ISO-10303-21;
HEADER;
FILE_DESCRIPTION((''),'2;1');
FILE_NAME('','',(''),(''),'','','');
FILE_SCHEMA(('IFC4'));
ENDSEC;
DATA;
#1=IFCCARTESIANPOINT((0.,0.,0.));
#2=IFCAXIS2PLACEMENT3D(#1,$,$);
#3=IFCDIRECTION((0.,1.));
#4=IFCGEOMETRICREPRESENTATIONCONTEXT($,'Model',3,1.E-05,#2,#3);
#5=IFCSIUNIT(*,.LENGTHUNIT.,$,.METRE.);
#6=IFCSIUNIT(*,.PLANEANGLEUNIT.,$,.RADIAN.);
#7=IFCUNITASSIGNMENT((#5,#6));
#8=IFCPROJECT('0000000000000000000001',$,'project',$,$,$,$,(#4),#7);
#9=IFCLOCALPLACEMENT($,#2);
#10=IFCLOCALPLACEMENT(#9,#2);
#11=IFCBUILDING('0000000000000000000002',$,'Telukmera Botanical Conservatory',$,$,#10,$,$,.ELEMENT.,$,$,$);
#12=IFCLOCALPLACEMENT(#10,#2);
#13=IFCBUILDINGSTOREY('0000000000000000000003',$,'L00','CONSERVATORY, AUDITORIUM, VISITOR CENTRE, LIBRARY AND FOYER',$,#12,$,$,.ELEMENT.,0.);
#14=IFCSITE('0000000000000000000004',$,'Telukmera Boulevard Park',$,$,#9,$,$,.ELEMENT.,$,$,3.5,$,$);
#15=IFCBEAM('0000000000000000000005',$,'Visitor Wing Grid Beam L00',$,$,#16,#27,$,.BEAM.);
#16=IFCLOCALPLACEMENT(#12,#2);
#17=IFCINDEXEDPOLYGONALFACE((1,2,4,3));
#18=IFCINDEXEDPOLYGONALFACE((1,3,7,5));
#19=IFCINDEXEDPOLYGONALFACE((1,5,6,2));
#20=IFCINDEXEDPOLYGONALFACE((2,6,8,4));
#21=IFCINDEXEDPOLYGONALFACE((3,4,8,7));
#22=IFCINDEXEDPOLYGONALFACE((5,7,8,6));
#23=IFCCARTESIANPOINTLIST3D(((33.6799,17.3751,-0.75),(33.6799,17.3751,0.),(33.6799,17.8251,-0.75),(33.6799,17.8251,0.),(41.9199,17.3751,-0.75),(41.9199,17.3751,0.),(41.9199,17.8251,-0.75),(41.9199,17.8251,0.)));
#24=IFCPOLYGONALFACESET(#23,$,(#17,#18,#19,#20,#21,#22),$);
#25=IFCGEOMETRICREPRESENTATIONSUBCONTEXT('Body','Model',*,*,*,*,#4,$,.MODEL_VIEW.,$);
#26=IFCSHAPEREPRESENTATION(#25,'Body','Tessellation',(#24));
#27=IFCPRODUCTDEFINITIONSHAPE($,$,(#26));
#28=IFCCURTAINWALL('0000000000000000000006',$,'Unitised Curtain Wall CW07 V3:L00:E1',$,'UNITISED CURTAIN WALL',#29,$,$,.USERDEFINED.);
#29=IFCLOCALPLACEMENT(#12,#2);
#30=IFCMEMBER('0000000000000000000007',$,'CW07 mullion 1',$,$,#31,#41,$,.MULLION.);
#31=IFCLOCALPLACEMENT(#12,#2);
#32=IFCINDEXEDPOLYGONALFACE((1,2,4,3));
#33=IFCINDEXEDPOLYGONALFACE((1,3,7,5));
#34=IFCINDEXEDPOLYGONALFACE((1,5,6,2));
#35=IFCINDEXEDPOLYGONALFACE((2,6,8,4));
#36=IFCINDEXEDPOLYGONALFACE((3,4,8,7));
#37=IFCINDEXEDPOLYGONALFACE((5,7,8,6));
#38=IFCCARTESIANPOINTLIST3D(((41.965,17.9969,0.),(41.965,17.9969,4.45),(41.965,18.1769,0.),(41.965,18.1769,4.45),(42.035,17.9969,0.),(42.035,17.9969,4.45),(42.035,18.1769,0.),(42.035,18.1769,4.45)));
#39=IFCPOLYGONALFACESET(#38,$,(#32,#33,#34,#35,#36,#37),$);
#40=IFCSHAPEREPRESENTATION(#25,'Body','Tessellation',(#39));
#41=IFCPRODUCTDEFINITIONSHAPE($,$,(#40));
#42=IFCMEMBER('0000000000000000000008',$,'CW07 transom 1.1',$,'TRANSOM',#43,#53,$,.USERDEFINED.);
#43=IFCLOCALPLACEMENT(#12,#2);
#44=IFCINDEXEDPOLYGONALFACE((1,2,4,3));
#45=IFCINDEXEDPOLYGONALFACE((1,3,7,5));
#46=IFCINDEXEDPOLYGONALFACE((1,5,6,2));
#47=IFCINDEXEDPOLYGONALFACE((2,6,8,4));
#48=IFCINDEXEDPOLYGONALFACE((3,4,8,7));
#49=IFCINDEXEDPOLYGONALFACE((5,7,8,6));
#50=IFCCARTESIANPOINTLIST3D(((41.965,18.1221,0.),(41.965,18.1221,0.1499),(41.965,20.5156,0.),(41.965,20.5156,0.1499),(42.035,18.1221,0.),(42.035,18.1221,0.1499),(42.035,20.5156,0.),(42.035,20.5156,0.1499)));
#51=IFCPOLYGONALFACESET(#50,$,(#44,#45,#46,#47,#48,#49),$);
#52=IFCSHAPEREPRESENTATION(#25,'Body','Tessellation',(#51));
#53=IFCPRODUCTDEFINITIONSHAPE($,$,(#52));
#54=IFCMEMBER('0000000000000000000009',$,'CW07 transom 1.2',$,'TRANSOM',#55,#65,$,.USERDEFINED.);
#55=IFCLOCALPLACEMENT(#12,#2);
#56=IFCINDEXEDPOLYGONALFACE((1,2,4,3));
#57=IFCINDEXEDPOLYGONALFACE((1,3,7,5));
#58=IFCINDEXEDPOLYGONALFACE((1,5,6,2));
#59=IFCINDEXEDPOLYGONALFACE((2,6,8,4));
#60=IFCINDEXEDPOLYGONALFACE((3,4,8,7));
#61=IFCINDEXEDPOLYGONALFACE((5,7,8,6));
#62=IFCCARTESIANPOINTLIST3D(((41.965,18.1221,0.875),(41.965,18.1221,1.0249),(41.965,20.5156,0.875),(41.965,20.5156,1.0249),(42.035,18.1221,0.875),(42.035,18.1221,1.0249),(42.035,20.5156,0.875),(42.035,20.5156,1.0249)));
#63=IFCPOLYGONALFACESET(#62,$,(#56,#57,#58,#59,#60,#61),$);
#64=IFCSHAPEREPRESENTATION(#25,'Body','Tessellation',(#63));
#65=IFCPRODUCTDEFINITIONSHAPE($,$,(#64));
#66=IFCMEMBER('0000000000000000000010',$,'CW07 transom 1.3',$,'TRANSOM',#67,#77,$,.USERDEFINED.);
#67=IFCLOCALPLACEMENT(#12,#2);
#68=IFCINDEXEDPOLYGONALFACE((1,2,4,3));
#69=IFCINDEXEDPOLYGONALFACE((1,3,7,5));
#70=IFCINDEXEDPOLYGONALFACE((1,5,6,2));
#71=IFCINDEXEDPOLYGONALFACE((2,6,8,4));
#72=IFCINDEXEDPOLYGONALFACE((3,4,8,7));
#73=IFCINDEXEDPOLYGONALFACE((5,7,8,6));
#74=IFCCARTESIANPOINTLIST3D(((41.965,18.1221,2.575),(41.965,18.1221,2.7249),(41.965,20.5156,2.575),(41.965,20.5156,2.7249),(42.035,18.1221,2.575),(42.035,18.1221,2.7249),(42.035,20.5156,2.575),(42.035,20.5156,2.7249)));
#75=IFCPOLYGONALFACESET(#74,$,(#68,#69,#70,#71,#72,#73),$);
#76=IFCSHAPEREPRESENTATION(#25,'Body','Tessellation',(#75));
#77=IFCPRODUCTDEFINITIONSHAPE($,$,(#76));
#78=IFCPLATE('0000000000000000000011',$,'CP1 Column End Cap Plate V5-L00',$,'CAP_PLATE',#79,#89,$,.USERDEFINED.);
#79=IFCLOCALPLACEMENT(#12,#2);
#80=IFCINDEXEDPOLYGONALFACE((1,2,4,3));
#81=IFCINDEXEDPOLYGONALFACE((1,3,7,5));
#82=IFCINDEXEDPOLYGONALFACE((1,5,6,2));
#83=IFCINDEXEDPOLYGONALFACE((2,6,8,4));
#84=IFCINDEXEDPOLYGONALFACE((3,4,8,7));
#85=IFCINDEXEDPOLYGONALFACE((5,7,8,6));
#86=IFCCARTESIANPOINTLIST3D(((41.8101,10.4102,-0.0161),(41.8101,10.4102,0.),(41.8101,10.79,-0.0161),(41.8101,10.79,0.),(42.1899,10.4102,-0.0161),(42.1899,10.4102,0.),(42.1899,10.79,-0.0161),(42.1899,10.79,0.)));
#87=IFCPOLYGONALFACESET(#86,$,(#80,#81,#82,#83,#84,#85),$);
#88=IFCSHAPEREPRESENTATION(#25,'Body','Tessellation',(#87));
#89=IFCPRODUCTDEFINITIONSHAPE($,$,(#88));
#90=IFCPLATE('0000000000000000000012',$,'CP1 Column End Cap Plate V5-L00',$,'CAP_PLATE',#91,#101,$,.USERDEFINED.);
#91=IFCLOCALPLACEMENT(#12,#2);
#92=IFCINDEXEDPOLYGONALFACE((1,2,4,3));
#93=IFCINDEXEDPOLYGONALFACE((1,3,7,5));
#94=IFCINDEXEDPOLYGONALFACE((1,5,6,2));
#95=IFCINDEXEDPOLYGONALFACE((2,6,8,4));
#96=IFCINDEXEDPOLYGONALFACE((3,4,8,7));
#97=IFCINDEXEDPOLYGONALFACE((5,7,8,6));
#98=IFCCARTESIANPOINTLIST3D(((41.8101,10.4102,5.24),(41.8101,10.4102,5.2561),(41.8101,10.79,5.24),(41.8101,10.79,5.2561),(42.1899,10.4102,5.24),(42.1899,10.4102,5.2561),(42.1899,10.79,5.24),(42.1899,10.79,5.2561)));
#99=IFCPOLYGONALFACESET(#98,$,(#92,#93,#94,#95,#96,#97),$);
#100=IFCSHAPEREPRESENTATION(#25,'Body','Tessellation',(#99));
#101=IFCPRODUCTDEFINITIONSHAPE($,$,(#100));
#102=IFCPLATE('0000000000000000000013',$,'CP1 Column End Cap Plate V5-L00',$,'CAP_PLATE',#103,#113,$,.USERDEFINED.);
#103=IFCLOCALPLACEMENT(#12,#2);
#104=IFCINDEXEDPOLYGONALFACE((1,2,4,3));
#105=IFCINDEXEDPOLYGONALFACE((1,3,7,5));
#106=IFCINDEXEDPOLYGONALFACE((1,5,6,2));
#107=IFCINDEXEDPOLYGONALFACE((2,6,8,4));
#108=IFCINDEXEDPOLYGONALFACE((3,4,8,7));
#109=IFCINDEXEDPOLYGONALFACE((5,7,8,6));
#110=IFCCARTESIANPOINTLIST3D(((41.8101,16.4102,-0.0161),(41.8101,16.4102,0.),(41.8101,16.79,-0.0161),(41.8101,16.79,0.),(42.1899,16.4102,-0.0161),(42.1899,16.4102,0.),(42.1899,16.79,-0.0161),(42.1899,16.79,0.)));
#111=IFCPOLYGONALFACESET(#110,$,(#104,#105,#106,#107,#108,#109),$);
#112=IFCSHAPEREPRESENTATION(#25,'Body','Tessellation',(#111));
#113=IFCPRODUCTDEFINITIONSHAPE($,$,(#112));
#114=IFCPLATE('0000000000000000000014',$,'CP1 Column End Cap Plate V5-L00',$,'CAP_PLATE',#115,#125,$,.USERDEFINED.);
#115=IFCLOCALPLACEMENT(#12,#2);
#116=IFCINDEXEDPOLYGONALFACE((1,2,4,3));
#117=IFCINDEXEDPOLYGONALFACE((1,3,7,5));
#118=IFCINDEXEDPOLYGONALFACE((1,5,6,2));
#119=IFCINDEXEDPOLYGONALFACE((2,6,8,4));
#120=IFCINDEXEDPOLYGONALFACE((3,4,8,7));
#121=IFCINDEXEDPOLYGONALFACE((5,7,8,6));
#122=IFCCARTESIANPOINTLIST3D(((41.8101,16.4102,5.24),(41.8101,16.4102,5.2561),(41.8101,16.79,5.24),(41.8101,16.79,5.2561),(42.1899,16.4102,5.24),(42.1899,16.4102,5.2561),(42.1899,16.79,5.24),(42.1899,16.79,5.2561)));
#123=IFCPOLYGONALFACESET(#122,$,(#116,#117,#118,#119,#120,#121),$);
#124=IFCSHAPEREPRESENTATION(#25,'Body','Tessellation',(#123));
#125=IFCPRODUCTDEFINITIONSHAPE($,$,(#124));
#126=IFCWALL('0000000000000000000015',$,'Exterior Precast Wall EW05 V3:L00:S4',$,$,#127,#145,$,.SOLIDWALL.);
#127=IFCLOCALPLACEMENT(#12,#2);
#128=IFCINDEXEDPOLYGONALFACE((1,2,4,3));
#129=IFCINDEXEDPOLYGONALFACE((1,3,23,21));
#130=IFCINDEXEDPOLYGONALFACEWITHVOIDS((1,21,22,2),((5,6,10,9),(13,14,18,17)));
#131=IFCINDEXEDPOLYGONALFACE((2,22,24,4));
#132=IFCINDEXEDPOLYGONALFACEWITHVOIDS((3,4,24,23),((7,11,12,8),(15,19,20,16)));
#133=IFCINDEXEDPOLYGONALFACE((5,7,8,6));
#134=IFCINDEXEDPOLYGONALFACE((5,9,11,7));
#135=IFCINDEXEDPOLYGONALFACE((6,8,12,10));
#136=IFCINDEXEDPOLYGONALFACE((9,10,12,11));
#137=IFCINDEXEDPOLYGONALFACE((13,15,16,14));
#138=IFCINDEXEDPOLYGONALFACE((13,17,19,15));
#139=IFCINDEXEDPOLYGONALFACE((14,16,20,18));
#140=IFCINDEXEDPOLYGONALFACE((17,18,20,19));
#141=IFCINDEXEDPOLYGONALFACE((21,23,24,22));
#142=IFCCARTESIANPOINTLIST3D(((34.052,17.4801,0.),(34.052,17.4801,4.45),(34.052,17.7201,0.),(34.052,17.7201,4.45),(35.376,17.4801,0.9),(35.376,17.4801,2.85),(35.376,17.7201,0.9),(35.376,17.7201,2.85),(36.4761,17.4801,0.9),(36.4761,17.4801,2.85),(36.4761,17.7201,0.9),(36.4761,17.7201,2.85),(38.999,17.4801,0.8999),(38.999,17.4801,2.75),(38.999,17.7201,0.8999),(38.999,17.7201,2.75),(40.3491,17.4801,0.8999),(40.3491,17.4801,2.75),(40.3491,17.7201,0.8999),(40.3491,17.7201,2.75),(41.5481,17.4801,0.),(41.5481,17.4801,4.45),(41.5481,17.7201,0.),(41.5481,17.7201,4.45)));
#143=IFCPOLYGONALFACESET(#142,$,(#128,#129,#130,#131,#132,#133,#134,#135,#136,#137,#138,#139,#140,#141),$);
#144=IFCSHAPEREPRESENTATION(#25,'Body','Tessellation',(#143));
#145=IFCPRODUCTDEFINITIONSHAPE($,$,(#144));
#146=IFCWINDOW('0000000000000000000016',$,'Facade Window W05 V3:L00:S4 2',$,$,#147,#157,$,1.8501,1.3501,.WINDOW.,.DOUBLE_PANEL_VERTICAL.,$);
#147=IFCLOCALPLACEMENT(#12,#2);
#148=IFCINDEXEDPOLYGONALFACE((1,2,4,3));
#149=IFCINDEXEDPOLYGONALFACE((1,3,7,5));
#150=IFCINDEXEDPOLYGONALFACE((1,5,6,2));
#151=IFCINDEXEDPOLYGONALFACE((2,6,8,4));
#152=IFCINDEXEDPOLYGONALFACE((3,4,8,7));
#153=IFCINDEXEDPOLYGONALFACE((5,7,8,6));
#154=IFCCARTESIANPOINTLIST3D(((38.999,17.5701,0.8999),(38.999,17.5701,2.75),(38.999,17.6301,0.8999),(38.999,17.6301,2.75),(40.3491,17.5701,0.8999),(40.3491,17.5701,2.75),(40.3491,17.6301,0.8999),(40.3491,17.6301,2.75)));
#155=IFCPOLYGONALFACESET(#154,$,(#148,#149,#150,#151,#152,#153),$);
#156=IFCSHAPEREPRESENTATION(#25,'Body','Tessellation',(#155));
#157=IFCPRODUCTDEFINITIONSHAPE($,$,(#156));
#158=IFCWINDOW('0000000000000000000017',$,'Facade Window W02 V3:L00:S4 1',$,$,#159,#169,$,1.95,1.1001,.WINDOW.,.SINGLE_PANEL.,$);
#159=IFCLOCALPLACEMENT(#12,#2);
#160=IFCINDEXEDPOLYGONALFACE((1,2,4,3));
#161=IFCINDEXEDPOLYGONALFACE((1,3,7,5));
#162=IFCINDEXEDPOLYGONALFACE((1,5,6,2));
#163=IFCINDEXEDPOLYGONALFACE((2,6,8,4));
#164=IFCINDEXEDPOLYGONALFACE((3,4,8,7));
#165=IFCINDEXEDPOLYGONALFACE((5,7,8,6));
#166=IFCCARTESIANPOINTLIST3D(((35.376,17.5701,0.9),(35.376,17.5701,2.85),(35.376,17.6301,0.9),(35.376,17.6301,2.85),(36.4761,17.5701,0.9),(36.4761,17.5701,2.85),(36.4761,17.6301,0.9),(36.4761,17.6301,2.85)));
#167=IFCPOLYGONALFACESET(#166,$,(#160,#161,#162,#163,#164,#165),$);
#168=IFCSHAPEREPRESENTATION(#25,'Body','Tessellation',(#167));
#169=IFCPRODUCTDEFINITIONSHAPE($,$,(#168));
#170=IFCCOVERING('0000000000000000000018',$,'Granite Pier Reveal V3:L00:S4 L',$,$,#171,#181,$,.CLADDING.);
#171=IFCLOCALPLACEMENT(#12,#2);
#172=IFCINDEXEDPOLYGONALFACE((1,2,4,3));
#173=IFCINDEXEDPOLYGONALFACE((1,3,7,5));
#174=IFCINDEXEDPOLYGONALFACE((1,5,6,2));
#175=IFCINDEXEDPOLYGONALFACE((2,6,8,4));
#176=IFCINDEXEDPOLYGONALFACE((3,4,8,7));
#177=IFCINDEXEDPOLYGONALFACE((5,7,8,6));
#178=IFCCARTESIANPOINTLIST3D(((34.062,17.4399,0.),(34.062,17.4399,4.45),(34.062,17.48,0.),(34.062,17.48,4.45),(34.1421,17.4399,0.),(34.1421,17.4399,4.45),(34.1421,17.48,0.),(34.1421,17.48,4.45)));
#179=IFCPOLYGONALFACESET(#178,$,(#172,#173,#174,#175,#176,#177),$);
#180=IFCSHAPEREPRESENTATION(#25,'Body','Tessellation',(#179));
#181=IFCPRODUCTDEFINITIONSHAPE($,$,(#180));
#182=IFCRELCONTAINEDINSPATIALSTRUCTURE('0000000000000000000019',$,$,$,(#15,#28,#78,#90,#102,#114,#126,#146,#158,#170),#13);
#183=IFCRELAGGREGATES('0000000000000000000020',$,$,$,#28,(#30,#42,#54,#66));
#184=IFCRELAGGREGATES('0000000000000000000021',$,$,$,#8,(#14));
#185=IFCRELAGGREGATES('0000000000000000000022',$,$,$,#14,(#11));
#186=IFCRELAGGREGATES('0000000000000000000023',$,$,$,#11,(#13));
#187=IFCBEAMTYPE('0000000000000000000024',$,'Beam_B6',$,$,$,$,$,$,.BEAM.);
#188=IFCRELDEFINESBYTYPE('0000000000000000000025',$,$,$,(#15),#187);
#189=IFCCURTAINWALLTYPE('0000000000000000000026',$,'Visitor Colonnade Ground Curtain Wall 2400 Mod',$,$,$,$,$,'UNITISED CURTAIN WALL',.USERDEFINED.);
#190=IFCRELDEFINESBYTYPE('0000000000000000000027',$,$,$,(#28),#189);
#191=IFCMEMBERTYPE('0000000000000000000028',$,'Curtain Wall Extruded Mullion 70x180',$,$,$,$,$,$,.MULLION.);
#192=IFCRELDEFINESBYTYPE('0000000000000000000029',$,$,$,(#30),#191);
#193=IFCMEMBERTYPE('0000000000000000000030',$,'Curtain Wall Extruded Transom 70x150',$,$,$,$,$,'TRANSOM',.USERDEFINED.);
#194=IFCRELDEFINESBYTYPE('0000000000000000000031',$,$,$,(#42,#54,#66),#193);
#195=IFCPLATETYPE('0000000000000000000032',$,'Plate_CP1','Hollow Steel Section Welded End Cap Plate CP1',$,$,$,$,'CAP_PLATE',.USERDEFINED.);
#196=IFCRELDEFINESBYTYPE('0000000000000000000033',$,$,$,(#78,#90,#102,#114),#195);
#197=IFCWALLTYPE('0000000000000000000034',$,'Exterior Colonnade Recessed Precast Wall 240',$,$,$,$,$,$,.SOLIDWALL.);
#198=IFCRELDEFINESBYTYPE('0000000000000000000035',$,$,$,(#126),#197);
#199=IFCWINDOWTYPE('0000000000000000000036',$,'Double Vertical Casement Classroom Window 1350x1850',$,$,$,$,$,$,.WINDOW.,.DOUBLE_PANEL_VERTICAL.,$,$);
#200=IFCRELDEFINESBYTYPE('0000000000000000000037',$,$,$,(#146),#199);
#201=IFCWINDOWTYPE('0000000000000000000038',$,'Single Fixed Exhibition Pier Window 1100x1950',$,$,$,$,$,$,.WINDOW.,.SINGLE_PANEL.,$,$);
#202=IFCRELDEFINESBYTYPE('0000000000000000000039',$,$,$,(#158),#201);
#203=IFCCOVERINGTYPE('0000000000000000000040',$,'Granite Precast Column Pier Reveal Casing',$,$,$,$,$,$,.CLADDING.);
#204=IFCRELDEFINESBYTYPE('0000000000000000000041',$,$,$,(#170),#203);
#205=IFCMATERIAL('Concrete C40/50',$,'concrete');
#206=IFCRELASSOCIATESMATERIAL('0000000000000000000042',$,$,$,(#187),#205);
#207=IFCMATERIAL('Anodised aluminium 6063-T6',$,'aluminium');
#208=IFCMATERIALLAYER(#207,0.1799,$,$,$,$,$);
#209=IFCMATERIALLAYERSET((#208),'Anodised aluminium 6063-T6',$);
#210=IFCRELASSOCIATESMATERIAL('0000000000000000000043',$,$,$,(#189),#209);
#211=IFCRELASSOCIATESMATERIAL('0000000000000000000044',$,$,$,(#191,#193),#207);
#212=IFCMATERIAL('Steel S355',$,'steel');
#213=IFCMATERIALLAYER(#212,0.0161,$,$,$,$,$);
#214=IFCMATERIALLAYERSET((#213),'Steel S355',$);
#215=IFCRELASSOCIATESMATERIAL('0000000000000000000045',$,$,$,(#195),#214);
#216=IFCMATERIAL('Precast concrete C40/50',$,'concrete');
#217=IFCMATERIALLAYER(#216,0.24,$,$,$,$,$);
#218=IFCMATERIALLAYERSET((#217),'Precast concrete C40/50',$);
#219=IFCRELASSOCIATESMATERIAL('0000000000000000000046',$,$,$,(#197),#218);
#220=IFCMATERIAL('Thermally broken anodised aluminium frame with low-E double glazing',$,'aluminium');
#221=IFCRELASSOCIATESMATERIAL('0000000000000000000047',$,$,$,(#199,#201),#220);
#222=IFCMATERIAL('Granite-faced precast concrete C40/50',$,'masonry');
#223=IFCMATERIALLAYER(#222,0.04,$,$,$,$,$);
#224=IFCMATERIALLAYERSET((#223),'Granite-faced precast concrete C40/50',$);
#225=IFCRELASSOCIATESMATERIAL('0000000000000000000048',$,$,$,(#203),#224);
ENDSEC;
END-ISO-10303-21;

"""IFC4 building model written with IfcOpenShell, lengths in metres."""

from ifc_helpers import new_model, si_unit, direction, frame, frame_2d, origin, origin_2d, place, context, subcontext, project, spatial, rectangle, extrude, material, layer, layer_set, material_profile, profile_set, type_object, element, fill, aggregate, save


model = new_model("IFC4")

# Units and contexts
model_context = context("Model", 3, precision=1e-05, world=origin(), true_north=direction((0.0, 1.0)))
body_context = subcontext(model_context, "Body", "Model", "MODEL_VIEW")
ifc_project = project(units=[si_unit("LENGTHUNIT", "METRE"), si_unit("PLANEANGLEUNIT", "RADIAN")], contexts=[model_context])

# Site, building, storey
site_placement = place(None, origin())
site = spatial("IfcSite", under=ifc_project, at=site_placement, Name="Telukmera Boulevard Park", CompositionType="ELEMENT", RefElevation=3.5)
building_placement = place(site_placement, origin())
building = spatial("IfcBuilding", under=site, at=building_placement, Name="Telukmera Botanical Conservatory", CompositionType="ELEMENT")
storey_placement = place(building_placement, origin())
storey = spatial("IfcBuildingStorey", under=building, at=storey_placement, Name="L00", Description="CONSERVATORY, AUDITORIUM, VISITOR CENTRE, LIBRARY AND FOYER", CompositionType="ELEMENT", Elevation=0.0)

# Shared definitions
ifc_material_1 = material(Name="Concrete C40/50", Category="concrete")
ifc_material_2 = material(Name="Steel S355", Category="steel")

# Beam
ifc_material_profile_1 = material_profile(ifc_material_1, rectangle(XDim=0.45, YDim=0.75, at=origin_2d()), Name="RC 450x750")
ifc_profile_set_1 = profile_set([ifc_material_profile_1], Name="Concrete C40/50")
beam_type_1 = type_object("IfcBeamType", Name="Beam_B6", PredefinedType="BEAM", material=ifc_profile_set_1)
beam_1_placement = place(storey_placement, frame((33.6799, 17.6001, -0.375), z_axis=(1.0, 0.0, 0.0), x_axis=(0.0, 1.0, 0.0)))
element("IfcBeam", 1, at=beam_1_placement, inside=storey, type_object=beam_type_1, Name="Visitor Wing Grid Beam L00", PredefinedType="BEAM", context=body_context, shape_type="SweptSolid", body=[
    extrude(rectangle(XDim=0.45, YDim=0.75, at=origin_2d()), origin(), (0.0, 0.0, 1.0), 8.24),
])

# Curtain wall, members
ifc_material_3 = material(Name="Anodised aluminium 6063-T6", Category="aluminium")
ifc_layer_1 = layer(ifc_material_3, 0.1799)
ifc_layer_set_1 = layer_set([ifc_layer_1], Name="Anodised aluminium 6063-T6")
curtain_wall_type = type_object("IfcCurtainWallType", Name="Visitor Colonnade Ground Curtain Wall 2400 Mod", ElementType="UNITISED CURTAIN WALL", PredefinedType="USERDEFINED", material=ifc_layer_set_1)
curtain_wall_placement = place(storey_placement, origin())
curtain_wall = element("IfcCurtainWall", 2, at=curtain_wall_placement, inside=storey, type_object=curtain_wall_type, Name="Unitised Curtain Wall CW07 V3:L00:E1", ObjectType="UNITISED CURTAIN WALL", PredefinedType="USERDEFINED")
ifc_material_profile_2 = material_profile(ifc_material_3, rectangle(XDim=0.0701, YDim=0.1799, at=origin_2d()), Name="ALU MULL 70x180")
ifc_profile_set_2 = profile_set([ifc_material_profile_2], Name="Anodised aluminium 6063-T6")
member_type_1 = type_object("IfcMemberType", Name="Curtain Wall Extruded Mullion 70x180", PredefinedType="MULLION", material=ifc_profile_set_2)
member_1_placement = place(storey_placement, frame((42.0, 18.0869, 0.0), z_axis=(0.0, 0.0, 1.0), x_axis=(-1.0, 0.0, 0.0)))
member_1 = element("IfcMember", 3, at=member_1_placement, type_object=member_type_1, Name="CW07 mullion 1", PredefinedType="MULLION", context=body_context, shape_type="SweptSolid", body=[
    extrude(rectangle(XDim=0.0701, YDim=0.1799, at=origin_2d()), origin(), (0.0, 0.0, 1.0), 4.45),
])
ifc_material_profile_3 = material_profile(ifc_material_3, rectangle(XDim=0.0701, YDim=0.1499, at=origin_2d()), Name="ALU TRAN 70x150")
ifc_profile_set_3 = profile_set([ifc_material_profile_3], Name="Anodised aluminium 6063-T6")
member_type_2 = type_object("IfcMemberType", Name="Curtain Wall Extruded Transom 70x150", ElementType="TRANSOM", PredefinedType="USERDEFINED", material=ifc_profile_set_3)
member_2_placement = place(storey_placement, frame((42.0, 18.1221, 0.075), z_axis=(0.0, 1.0, 0.0), x_axis=(-1.0, 0.0, 0.0)))
member_2 = element("IfcMember", 4, at=member_2_placement, type_object=member_type_2, Name="CW07 transom 1.1", ObjectType="TRANSOM", PredefinedType="USERDEFINED", context=body_context, shape_type="SweptSolid", body=[
    extrude(rectangle(XDim=0.0701, YDim=0.1499, at=origin_2d()), origin(), (0.0, 0.0, 1.0), 2.3936),
])
member_3_placement = place(storey_placement, frame((42.0, 18.1221, 0.95), z_axis=(0.0, 1.0, 0.0), x_axis=(-1.0, 0.0, 0.0)))
member_3 = element("IfcMember", 5, at=member_3_placement, type_object=member_type_2, Name="CW07 transom 1.2", ObjectType="TRANSOM", PredefinedType="USERDEFINED", context=body_context, shape_type="SweptSolid", body=[
    extrude(rectangle(XDim=0.0701, YDim=0.1499, at=origin_2d()), origin(), (0.0, 0.0, 1.0), 2.3936),
])
member_4_placement = place(storey_placement, frame((42.0, 18.1221, 2.6499), z_axis=(0.0, 1.0, 0.0), x_axis=(-1.0, 0.0, 0.0)))
member_4 = element("IfcMember", 6, at=member_4_placement, type_object=member_type_2, Name="CW07 transom 1.3", ObjectType="TRANSOM", PredefinedType="USERDEFINED", context=body_context, shape_type="SweptSolid", body=[
    extrude(rectangle(XDim=0.0701, YDim=0.1499, at=origin_2d()), origin(), (0.0, 0.0, 1.0), 2.3936),
])
aggregate(curtain_wall, [member_1, member_2, member_3, member_4])

# Plates
ifc_layer_2 = layer(ifc_material_2, 0.0161)
ifc_layer_set_2 = layer_set([ifc_layer_2], Name="Steel S355")
plate_type = type_object("IfcPlateType", Name="Plate_CP1", Description="Hollow Steel Section Welded End Cap Plate CP1", ElementType="CAP_PLATE", PredefinedType="USERDEFINED", material=ifc_layer_set_2)
for number, where, z_axis, x_axis, name in (
    (7, (42.0, 10.6001, -0.0161), (0.0, 0.0, 1.0), (1.0, 0.0, 0.0), "CP1 Column End Cap Plate V5-L00"),
    (8, (42.0, 10.6001, 5.24), (0.0, 0.0, 1.0), (1.0, 0.0, 0.0), "CP1 Column End Cap Plate V5-L00"),
    (9, (42.0, 16.6001, -0.0161), (0.0, 0.0, 1.0), (1.0, 0.0, 0.0), "CP1 Column End Cap Plate V5-L00"),
    (10, (42.0, 16.6001, 5.24), (0.0, 0.0, 1.0), (1.0, 0.0, 0.0), "CP1 Column End Cap Plate V5-L00"),
):
    element("IfcPlate", number, at=place(storey_placement, frame(where, z_axis=z_axis, x_axis=x_axis)), inside=storey, type_object=plate_type, Name=name, ObjectType="CAP_PLATE", PredefinedType="USERDEFINED", context=body_context, shape_type="SweptSolid", body=[
        extrude(rectangle(XDim=0.3799, YDim=0.3799, at=origin_2d()), origin(), (0.0, 0.0, 1.0), 0.0161),
    ])

# Wall, openings, windows
ifc_material_4 = material(Name="Precast concrete C40/50", Category="concrete")
ifc_layer_3 = layer(ifc_material_4, 0.24)
ifc_layer_set_3 = layer_set([ifc_layer_3], Name="Precast concrete C40/50")
wall_type = type_object("IfcWallType", Name="Exterior Colonnade Recessed Precast Wall 240", PredefinedType="SOLIDWALL", material=ifc_layer_set_3)
wall_placement = place(storey_placement, frame((34.052, 17.6001, 0.0), z_axis=(0.0, 0.0, 1.0), x_axis=(1.0, 0.0, 0.0)))
wall = element("IfcWall", 11, at=wall_placement, inside=storey, type_object=wall_type, Name="Exterior Precast Wall EW05 V3:L00:S4", PredefinedType="SOLIDWALL", context=body_context, shape_type="SweptSolid", body=[
    extrude(rectangle(XDim=7.4961, YDim=0.24, at=frame_2d((3.748, 0.0))), origin(), (0.0, 0.0, 1.0), 4.45),
])
opening_1_placement = place(wall_placement, frame((1.324, 0.0, 0.8999)))
opening_1 = element("IfcOpeningElement", 12, at=opening_1_placement, cuts=wall, PredefinedType="OPENING", context=body_context, shape_type="SweptSolid", body=[
    extrude(rectangle(XDim=1.1001, YDim=1.95, at=frame_2d((0.55, 0.9751))), frame((0.0, 0.1299, 0.0), z_axis=(0.0, -1.0, 0.0), x_axis=(1.0, 0.0, 0.0)), (0.0, 0.0, 1.0), 0.26),
])
opening_2_placement = place(wall_placement, frame((4.947, 0.0, 0.8999)))
opening_2 = element("IfcOpeningElement", 13, at=opening_2_placement, cuts=wall, PredefinedType="OPENING", context=body_context, shape_type="SweptSolid", body=[
    extrude(rectangle(XDim=1.3501, YDim=1.8501, at=frame_2d((0.675, 0.925))), frame((0.0, 0.1299, 0.0), z_axis=(0.0, -1.0, 0.0), x_axis=(1.0, 0.0, 0.0)), (0.0, 0.0, 1.0), 0.26),
])
ifc_material_5 = material(Name="Thermally broken anodised aluminium frame with low-E double glazing", Category="aluminium")
window_type_1 = type_object("IfcWindowType", Name="Double Vertical Casement Classroom Window 1350x1850", PartitioningType="DOUBLE_PANEL_VERTICAL", PredefinedType="WINDOW", material=ifc_material_5)
window_1_placement = place(opening_2_placement, origin())
window_1 = element("IfcWindow", 14, at=window_1_placement, inside=storey, type_object=window_type_1, Name="Facade Window W05 V3:L00:S4 2", OverallHeight=1.8501, OverallWidth=1.3501, PartitioningType="DOUBLE_PANEL_VERTICAL", PredefinedType="WINDOW", context=body_context, shape_type="SweptSolid", body=[
    extrude(rectangle(XDim=1.3501, YDim=1.8501, at=frame_2d((0.675, 0.925))), frame((0.0, 0.03, 0.0), z_axis=(0.0, -1.0, 0.0), x_axis=(1.0, 0.0, 0.0)), (0.0, 0.0, 1.0), 0.0601),
])
fill(opening_2, window_1)
window_type_2 = type_object("IfcWindowType", Name="Single Fixed Exhibition Pier Window 1100x1950", PartitioningType="SINGLE_PANEL", PredefinedType="WINDOW", material=ifc_material_5)
window_2_placement = place(opening_1_placement, origin())
window_2 = element("IfcWindow", 15, at=window_2_placement, inside=storey, type_object=window_type_2, Name="Facade Window W02 V3:L00:S4 1", OverallHeight=1.95, OverallWidth=1.1001, PartitioningType="SINGLE_PANEL", PredefinedType="WINDOW", context=body_context, shape_type="SweptSolid", body=[
    extrude(rectangle(XDim=1.1001, YDim=1.95, at=frame_2d((0.55, 0.9751))), frame((0.0, 0.03, 0.0), z_axis=(0.0, -1.0, 0.0), x_axis=(1.0, 0.0, 0.0)), (0.0, 0.0, 1.0), 0.0601),
])
fill(opening_1, window_2)

# Covering
ifc_material_6 = material(Name="Granite-faced precast concrete C40/50", Category="masonry")
ifc_layer_4 = layer(ifc_material_6, 0.04)
ifc_layer_set_4 = layer_set([ifc_layer_4], Name="Granite-faced precast concrete C40/50")
covering_type_1 = type_object("IfcCoveringType", Name="Granite Precast Column Pier Reveal Casing", PredefinedType="CLADDING", material=ifc_layer_set_4)
for number, where, z_axis, x_axis, name in (
    (16, (34.1021, 17.46, 0.0), (0.0, 0.0, 1.0), (1.0, 0.0, 0.0), "Granite Pier Reveal V3:L00:S4 L"),
):
    element("IfcCovering", number, at=place(storey_placement, frame(where, z_axis=z_axis, x_axis=x_axis)), inside=storey, type_object=covering_type_1, Name=name, PredefinedType="CLADDING", context=body_context, shape_type="SweptSolid", body=[
        extrude(rectangle(XDim=0.0801, YDim=0.04, at=origin_2d()), origin(), (0.0, 0.0, 1.0), 4.45),
    ])

save(model, "model.ifc")
